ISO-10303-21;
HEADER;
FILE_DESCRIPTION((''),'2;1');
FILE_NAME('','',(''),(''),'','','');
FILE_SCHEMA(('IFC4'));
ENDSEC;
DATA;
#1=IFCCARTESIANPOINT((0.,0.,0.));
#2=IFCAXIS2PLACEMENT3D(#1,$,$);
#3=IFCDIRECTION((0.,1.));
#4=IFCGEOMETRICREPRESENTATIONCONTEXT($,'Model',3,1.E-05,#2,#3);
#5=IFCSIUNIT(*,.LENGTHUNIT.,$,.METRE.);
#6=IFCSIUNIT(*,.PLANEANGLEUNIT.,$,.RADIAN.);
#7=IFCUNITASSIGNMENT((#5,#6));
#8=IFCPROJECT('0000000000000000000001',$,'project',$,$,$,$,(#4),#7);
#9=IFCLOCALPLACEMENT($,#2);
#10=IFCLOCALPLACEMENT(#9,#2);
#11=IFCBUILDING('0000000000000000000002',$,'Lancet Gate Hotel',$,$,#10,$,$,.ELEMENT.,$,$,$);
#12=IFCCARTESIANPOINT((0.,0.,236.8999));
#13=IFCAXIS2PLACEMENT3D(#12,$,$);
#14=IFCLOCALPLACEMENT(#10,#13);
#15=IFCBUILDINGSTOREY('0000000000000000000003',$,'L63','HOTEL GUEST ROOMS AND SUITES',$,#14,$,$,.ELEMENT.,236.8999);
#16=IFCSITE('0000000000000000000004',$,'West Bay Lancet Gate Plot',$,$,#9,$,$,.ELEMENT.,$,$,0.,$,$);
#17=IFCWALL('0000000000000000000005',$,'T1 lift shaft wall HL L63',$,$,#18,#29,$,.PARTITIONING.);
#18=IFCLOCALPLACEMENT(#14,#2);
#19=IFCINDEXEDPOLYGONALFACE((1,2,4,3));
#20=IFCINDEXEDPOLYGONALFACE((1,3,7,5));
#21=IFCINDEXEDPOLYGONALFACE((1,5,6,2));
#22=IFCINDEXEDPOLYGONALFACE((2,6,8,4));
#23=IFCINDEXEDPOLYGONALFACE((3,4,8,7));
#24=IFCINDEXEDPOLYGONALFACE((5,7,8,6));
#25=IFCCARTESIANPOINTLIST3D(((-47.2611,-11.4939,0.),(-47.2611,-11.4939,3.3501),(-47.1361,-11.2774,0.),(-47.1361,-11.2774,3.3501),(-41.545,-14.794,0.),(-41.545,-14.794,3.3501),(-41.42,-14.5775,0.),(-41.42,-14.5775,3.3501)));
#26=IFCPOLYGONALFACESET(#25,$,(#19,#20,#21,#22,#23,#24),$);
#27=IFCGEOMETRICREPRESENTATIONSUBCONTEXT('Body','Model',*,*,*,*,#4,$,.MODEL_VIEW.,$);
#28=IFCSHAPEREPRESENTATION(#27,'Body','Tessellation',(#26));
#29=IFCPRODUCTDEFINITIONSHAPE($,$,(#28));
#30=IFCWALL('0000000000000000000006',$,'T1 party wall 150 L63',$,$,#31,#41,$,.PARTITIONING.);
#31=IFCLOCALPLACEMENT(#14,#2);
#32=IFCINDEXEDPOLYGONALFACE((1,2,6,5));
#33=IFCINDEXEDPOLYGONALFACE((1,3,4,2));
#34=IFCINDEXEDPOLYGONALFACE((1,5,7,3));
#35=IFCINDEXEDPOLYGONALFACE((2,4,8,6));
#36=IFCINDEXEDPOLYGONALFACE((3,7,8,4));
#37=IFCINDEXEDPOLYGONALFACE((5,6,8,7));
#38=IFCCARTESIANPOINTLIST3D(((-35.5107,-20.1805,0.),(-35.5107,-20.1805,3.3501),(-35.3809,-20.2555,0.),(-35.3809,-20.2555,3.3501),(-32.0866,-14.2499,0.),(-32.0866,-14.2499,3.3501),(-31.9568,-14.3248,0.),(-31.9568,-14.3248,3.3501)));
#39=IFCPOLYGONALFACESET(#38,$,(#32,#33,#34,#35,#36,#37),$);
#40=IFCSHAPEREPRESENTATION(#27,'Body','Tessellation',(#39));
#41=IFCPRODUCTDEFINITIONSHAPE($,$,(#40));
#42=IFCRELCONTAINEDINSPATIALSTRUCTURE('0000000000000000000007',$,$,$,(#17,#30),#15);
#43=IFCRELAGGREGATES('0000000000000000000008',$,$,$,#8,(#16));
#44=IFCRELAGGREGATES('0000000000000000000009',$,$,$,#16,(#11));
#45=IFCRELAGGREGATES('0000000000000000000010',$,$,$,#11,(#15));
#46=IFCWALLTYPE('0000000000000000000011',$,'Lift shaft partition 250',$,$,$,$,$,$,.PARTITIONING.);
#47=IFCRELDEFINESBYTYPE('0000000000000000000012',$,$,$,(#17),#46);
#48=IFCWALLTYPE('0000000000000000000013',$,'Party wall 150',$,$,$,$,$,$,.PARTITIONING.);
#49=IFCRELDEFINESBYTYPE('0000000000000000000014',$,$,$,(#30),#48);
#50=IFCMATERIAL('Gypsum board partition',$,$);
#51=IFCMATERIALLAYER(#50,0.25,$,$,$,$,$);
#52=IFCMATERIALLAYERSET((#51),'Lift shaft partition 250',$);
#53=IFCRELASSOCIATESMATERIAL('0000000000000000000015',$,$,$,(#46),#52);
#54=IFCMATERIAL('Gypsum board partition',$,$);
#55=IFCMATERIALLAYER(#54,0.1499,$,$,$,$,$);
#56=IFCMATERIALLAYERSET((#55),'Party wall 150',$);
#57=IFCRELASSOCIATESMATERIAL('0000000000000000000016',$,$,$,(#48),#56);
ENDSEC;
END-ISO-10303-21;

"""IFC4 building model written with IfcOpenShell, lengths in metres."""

from ifc_helpers import new_model, si_unit, direction, frame, frame_2d, origin, place, context, subcontext, project, spatial, rectangle, extrude, material, layer, layer_set, type_object, element, save


model = new_model("IFC4")

# Units and contexts
model_context = context("Model", 3, precision=1e-05, world=origin(), true_north=direction((0.0, 1.0)))
body_context = subcontext(model_context, "Body", "Model", "MODEL_VIEW")
ifc_project = project(units=[si_unit("LENGTHUNIT", "METRE"), si_unit("PLANEANGLEUNIT", "RADIAN")], contexts=[model_context])

# Site, building, storey
site_placement = place(None, origin())
site = spatial("IfcSite", under=ifc_project, at=site_placement, Name="West Bay Lancet Gate Plot", CompositionType="ELEMENT", RefElevation=0.0)
building_placement = place(site_placement, origin())
building = spatial("IfcBuilding", under=site, at=building_placement, Name="Lancet Gate Hotel", CompositionType="ELEMENT")
storey_placement = place(building_placement, frame((0.0, 0.0, 236.8999)))
storey = spatial("IfcBuildingStorey", under=building, at=storey_placement, Name="L63", Description="HOTEL GUEST ROOMS AND SUITES", CompositionType="ELEMENT", Elevation=236.8999)

# Walls
ifc_material_1 = material(Name="Gypsum board partition")
ifc_layer_1 = layer(ifc_material_1, 0.25)
ifc_layer_set_1 = layer_set([ifc_layer_1], Name="Lift shaft partition 250")
wall_type_1 = type_object("IfcWallType", Name="Lift shaft partition 250", PredefinedType="PARTITIONING", material=ifc_layer_set_1)
wall_1_placement = place(storey_placement, frame((-41.4824, -14.6858, 0.0), z_axis=(0.0, 0.0, 1.0), x_axis=(-0.866033, 0.499986, 0.0)))
element("IfcWall", 1, at=wall_1_placement, inside=storey, type_object=wall_type_1, Name="T1 lift shaft wall HL L63", PredefinedType="PARTITIONING", context=body_context, shape_type="SweptSolid", body=[
    extrude(rectangle(XDim=6.6003, YDim=0.25, at=frame_2d((3.3003, 0.0))), origin(), (0.0, 0.0, 1.0), 3.3501),
])
ifc_material_2 = material(Name="Gypsum board partition")
ifc_layer_2 = layer(ifc_material_2, 0.1499)
ifc_layer_set_2 = layer_set([ifc_layer_2], Name="Party wall 150")
wall_type_2 = type_object("IfcWallType", Name="Party wall 150", PredefinedType="PARTITIONING", material=ifc_layer_set_2)
wall_2_placement = place(storey_placement, frame((-32.0217, -14.2874, 0.0), z_axis=(0.0, 0.0, 1.0), x_axis=(-0.5, -0.866025, 0.0)))
element("IfcWall", 2, at=wall_2_placement, inside=storey, type_object=wall_type_2, Name="T1 party wall 150 L63", PredefinedType="PARTITIONING", context=body_context, shape_type="SweptSolid", body=[
    extrude(rectangle(XDim=6.8481, YDim=0.1499, at=frame_2d((3.4241, 0.0))), origin(), (0.0, 0.0, 1.0), 3.3501),
])

save(model, "model.ifc")
